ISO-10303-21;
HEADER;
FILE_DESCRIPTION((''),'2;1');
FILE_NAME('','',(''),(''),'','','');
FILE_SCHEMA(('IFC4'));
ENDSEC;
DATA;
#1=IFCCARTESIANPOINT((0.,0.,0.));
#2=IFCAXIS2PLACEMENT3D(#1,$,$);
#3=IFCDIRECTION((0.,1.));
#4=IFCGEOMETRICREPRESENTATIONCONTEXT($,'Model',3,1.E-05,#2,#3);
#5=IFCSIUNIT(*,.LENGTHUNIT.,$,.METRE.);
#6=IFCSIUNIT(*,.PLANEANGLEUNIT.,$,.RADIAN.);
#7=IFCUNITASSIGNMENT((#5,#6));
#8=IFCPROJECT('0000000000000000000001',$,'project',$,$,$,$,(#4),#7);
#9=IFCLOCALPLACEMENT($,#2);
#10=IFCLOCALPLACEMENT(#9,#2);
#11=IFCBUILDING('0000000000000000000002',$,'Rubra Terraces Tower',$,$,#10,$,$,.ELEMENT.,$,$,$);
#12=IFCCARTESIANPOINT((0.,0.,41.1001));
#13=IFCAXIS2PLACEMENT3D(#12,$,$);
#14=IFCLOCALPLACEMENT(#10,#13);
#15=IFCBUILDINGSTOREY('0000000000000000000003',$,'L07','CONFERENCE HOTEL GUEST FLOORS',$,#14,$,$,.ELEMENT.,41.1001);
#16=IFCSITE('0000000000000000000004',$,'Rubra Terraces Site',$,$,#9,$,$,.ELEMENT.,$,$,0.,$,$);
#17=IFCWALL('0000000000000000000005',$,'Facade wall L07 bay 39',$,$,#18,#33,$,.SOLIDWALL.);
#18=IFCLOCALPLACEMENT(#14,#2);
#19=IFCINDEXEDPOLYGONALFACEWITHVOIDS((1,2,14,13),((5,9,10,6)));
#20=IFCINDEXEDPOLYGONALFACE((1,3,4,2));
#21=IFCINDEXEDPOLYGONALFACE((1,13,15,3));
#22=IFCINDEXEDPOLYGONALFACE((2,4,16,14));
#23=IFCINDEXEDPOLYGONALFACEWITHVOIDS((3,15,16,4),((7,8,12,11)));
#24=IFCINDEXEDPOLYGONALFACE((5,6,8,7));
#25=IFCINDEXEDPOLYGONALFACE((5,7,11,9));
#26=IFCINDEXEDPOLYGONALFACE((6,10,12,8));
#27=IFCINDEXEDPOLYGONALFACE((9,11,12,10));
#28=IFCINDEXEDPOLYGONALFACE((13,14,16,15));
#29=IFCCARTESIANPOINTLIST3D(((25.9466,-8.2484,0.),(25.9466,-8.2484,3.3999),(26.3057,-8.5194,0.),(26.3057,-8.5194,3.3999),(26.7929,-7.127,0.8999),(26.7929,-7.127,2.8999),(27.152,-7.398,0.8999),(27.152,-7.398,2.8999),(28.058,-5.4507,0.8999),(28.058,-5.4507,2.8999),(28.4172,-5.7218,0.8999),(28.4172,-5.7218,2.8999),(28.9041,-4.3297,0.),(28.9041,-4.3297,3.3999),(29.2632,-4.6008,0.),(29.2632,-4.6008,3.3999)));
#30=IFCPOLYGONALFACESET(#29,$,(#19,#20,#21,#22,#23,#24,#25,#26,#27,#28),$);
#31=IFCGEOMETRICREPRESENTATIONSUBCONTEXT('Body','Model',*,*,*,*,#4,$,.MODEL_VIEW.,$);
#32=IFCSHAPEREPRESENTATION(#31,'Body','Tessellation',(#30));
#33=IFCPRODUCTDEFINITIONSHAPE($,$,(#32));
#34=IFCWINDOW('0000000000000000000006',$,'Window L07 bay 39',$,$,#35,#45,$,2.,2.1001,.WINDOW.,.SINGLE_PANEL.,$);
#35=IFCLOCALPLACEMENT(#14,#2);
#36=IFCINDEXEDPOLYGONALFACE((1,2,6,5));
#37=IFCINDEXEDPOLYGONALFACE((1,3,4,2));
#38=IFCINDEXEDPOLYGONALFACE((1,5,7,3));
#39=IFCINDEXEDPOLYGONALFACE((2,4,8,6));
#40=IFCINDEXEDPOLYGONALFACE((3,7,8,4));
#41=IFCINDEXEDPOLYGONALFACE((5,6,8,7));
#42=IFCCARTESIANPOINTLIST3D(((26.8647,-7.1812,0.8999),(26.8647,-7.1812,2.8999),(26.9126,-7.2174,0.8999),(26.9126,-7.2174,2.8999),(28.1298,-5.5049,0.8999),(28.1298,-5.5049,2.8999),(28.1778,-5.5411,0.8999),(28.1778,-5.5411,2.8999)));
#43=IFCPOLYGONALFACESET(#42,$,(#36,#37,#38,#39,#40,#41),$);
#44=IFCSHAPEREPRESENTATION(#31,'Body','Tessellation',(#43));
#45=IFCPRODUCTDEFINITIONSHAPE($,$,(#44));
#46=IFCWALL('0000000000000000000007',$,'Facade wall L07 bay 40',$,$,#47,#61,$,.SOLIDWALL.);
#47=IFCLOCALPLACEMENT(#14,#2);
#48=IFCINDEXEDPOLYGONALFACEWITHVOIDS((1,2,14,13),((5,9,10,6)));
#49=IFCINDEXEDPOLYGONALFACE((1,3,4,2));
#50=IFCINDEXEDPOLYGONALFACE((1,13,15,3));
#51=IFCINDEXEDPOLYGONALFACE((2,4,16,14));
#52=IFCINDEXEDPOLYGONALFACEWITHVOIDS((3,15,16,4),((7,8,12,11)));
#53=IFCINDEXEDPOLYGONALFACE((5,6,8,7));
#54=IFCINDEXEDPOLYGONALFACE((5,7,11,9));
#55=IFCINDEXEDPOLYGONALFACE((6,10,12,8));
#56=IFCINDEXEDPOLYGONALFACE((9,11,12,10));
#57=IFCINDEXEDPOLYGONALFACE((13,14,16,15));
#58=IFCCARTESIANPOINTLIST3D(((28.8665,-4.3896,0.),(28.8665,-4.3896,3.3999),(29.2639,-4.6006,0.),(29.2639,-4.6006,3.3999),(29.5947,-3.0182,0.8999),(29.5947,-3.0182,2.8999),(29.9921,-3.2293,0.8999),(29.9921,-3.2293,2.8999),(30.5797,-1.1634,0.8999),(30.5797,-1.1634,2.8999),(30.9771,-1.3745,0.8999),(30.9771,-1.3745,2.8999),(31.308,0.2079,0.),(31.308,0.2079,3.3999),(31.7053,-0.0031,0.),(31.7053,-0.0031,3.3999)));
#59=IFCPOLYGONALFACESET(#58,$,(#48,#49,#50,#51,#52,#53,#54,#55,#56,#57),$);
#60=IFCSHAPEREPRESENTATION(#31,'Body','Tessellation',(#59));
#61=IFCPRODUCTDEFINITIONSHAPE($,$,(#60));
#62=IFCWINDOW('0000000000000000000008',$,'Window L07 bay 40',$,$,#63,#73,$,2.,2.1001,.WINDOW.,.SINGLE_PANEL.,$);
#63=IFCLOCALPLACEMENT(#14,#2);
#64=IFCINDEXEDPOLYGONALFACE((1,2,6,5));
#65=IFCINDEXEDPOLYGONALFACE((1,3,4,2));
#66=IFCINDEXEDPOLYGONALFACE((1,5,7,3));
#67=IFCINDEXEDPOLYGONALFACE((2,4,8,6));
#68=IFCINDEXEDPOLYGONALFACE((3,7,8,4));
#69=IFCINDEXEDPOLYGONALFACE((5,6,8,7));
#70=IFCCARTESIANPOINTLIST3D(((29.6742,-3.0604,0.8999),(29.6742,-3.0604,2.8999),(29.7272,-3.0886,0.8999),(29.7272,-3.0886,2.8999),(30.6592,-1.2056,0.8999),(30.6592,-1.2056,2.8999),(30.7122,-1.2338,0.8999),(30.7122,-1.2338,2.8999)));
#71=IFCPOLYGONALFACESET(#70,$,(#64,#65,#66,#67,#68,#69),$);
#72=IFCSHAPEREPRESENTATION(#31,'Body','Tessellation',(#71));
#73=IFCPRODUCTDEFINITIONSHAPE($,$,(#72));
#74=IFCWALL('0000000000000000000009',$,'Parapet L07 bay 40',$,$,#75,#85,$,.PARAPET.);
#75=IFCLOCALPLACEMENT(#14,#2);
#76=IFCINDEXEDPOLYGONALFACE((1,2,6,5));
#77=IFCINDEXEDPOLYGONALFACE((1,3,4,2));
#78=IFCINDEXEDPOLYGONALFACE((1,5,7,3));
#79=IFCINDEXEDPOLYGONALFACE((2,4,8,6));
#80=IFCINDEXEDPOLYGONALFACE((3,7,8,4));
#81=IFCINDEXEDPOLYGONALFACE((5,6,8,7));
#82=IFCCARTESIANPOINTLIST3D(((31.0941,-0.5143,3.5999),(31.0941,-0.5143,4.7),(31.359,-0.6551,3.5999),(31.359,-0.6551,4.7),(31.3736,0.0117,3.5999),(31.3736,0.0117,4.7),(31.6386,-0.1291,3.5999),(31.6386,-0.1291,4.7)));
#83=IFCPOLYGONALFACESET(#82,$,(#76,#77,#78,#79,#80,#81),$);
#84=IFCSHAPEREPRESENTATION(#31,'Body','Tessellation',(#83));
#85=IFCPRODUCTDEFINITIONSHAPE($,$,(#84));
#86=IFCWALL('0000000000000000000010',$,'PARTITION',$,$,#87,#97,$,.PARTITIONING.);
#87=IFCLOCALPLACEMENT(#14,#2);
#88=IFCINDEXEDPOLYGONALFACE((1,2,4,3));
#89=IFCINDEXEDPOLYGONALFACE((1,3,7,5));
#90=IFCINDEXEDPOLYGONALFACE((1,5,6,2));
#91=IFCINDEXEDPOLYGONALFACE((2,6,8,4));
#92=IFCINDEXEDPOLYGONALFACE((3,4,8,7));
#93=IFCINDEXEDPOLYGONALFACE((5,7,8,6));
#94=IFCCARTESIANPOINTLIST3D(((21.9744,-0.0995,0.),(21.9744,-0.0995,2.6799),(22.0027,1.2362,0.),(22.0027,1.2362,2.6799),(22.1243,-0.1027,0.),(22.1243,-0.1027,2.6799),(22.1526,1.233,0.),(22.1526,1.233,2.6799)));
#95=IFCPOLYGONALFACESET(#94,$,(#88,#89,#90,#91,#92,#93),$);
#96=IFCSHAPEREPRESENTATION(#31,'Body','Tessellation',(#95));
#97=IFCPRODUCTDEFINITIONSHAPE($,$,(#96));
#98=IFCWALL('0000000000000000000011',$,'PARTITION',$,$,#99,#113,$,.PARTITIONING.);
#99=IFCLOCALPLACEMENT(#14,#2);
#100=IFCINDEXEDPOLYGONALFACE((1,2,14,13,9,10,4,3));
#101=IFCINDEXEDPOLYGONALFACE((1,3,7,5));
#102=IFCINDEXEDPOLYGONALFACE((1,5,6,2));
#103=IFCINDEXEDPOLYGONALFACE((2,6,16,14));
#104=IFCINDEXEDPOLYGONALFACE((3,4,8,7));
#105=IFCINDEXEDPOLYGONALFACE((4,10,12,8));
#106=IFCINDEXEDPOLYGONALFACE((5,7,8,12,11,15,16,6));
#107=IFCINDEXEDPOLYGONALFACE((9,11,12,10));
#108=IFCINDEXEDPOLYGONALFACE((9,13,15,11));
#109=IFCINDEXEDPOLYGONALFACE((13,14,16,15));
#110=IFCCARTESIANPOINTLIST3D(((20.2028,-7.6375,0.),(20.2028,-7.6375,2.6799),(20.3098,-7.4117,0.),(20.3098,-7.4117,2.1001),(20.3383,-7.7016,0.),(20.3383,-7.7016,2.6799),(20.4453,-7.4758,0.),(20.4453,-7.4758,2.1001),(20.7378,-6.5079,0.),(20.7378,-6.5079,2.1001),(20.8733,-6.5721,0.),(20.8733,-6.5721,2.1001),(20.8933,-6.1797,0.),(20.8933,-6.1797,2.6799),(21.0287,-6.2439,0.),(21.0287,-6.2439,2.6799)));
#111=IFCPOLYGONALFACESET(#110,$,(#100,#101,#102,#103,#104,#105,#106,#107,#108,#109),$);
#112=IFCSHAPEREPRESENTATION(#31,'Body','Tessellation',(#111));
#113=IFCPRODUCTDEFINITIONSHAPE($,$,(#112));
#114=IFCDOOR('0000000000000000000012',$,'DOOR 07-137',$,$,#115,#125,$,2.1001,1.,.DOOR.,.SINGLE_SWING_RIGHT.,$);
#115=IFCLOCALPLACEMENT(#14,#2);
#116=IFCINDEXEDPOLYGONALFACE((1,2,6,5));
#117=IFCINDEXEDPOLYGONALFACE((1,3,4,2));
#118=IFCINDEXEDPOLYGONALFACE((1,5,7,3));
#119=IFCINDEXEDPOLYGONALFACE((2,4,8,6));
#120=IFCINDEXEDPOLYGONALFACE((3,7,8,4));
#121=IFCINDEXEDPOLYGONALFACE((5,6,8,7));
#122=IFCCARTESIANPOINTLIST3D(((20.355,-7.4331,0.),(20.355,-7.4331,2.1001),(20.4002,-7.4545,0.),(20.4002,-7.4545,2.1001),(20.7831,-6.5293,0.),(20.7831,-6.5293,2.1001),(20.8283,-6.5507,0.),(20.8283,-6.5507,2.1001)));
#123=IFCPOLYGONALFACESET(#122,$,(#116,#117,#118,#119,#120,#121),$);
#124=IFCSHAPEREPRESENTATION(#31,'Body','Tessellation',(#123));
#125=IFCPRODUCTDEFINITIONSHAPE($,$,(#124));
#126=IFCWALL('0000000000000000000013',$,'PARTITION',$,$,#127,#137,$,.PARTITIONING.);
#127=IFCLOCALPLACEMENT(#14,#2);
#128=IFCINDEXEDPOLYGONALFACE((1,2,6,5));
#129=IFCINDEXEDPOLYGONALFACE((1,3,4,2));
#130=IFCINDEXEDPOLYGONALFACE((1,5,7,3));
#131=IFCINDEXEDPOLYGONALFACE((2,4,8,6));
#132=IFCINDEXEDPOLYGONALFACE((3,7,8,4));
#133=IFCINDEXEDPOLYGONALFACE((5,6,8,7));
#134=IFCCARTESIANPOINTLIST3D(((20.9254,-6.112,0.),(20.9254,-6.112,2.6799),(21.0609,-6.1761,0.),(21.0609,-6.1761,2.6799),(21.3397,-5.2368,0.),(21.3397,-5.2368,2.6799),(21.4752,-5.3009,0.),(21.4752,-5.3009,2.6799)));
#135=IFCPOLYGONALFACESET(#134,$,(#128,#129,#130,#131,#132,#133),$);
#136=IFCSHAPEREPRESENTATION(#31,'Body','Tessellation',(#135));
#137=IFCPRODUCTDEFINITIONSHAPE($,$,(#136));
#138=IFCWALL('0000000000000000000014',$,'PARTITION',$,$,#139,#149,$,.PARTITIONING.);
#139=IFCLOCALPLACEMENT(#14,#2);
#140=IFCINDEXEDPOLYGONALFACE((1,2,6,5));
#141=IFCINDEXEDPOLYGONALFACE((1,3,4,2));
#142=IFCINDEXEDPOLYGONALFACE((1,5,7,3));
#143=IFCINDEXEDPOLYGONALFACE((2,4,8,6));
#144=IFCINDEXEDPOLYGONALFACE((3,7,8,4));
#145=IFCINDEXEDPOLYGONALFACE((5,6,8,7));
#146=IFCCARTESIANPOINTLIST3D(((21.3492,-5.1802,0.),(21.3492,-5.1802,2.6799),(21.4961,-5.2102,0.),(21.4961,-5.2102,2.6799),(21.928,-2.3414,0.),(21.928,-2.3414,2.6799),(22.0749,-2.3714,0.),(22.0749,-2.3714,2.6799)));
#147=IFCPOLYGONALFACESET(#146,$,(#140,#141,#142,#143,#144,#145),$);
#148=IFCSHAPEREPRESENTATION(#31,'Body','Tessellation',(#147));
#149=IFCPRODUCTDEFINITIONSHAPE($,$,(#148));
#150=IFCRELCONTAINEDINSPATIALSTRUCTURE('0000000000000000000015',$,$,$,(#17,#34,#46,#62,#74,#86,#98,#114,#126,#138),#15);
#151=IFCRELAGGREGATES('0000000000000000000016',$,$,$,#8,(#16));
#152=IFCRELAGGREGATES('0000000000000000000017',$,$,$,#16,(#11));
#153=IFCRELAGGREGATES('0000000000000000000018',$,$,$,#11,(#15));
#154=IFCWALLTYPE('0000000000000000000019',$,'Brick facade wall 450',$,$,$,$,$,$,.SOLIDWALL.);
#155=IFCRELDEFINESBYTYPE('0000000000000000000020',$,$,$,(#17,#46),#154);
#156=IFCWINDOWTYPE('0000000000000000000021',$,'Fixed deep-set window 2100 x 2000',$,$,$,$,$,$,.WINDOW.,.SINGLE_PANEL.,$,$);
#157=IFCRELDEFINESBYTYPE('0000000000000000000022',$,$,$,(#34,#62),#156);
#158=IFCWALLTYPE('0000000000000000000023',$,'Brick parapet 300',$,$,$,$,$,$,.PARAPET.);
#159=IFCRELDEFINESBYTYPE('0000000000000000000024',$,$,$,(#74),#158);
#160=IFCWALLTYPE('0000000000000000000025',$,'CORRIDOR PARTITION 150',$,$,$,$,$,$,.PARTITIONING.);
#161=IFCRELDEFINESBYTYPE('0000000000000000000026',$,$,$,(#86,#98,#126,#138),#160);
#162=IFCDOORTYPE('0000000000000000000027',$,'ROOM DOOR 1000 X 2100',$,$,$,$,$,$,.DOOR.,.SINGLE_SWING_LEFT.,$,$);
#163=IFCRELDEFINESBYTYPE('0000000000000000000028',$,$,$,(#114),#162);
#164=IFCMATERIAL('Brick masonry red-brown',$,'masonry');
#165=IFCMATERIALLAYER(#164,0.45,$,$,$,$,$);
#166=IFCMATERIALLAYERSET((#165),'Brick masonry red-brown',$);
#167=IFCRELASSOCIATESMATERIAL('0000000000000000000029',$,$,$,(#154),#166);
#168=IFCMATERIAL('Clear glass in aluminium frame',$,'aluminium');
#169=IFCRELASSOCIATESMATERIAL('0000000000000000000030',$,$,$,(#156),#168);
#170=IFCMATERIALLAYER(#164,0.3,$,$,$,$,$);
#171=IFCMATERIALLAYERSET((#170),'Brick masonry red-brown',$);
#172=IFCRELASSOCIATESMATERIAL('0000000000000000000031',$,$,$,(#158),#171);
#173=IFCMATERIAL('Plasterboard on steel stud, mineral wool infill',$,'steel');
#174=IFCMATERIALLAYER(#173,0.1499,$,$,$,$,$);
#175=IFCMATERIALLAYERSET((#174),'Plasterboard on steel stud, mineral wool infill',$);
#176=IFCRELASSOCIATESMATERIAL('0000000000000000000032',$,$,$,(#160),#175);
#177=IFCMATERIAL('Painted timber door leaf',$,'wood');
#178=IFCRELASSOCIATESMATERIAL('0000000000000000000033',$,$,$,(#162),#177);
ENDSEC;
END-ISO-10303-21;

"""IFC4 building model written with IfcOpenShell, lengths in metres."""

from ifc_helpers import new_model, si_unit, direction, frame, frame_2d, origin, place, context, subcontext, project, spatial, rectangle, extrude, material, layer, layer_set, type_object, element, fill, save


model = new_model("IFC4")

# Units and contexts
model_context = context("Model", 3, precision=1e-05, world=origin(), true_north=direction((0.0, 1.0)))
body_context = subcontext(model_context, "Body", "Model", "MODEL_VIEW")
ifc_project = project(units=[si_unit("LENGTHUNIT", "METRE"), si_unit("PLANEANGLEUNIT", "RADIAN")], contexts=[model_context])

# Site, building, storey
site_placement = place(None, origin())
site = spatial("IfcSite", under=ifc_project, at=site_placement, Name="Rubra Terraces Site", CompositionType="ELEMENT", RefElevation=0.0)
building_placement = place(site_placement, origin())
building = spatial("IfcBuilding", under=site, at=building_placement, Name="Rubra Terraces Tower", CompositionType="ELEMENT")
storey_placement = place(building_placement, frame((0.0, 0.0, 41.1001)))
storey = spatial("IfcBuildingStorey", under=building, at=storey_placement, Name="L07", Description="CONFERENCE HOTEL GUEST FLOORS", CompositionType="ELEMENT", Elevation=41.1001)

# Walls, openings, windows
ifc_material_1 = material(Name="Brick masonry red-brown", Category="masonry")
ifc_layer_1 = layer(ifc_material_1, 0.45)
ifc_layer_set_1 = layer_set([ifc_layer_1], Name="Brick masonry red-brown")
wall_type_1 = type_object("IfcWallType", Name="Brick facade wall 450", PredefinedType="SOLIDWALL", material=ifc_layer_set_1)
ifc_material_2 = material(Name="Clear glass in aluminium frame", Category="aluminium")
window_type = type_object("IfcWindowType", Name="Fixed deep-set window 2100 x 2000", PartitioningType="SINGLE_PANEL", PredefinedType="WINDOW", material=ifc_material_2)
wall_1_placement = place(storey_placement, frame((26.1262, -8.3838, 0.0), z_axis=(0.0, 0.0, 1.0), x_axis=(0.602408, 0.798188, 0.0)))
wall_1 = element("IfcWall", 1, at=wall_1_placement, inside=storey, type_object=wall_type_1, Name="Facade wall L07 bay 39", PredefinedType="SOLIDWALL", context=body_context, shape_type="SweptSolid", body=[
    extrude(rectangle(XDim=4.9094, YDim=0.45, at=frame_2d((2.4546, 0.0))), origin(), (0.0, 0.0, 1.0), 3.3999),
])
opening_1_placement = place(wall_1_placement, frame((1.4048, 0.0, 0.8999)))
opening_1 = element("IfcOpeningElement", 2, at=opening_1_placement, cuts=wall_1, PredefinedType="OPENING", context=body_context, shape_type="SweptSolid", body=[
    extrude(rectangle(XDim=2.1001, YDim=2.0, at=frame_2d((1.05, 1.0))), frame((0.0, 0.2349, 0.0), z_axis=(0.0, -1.0, 0.0), x_axis=(1.0, 0.0, 0.0)), (0.0, 0.0, 1.0), 0.47),
])
window_1_placement = place(opening_1_placement, origin())
window_1 = element("IfcWindow", 3, at=window_1_placement, inside=storey, type_object=window_type, Name="Window L07 bay 39", OverallHeight=2.0, OverallWidth=2.1001, PartitioningType="SINGLE_PANEL", PredefinedType="WINDOW", context=body_context, shape_type="SweptSolid", body=[
    extrude(rectangle(XDim=2.1001, YDim=2.0, at=frame_2d((1.05, 1.0))), frame((0.0, 0.135, 0.0), z_axis=(0.0, -1.0, 0.0), x_axis=(1.0, 0.0, 0.0)), (0.0, 0.0, 1.0), 0.0601),
])
fill(opening_1, window_1)
wall_2_placement = place(storey_placement, frame((29.0652, -4.4951, 0.0), z_axis=(0.0, 0.0, 1.0), x_axis=(0.46901, 0.883193, 0.0)))
wall_2 = element("IfcWall", 4, at=wall_2_placement, inside=storey, type_object=wall_type_1, Name="Facade wall L07 bay 40", PredefinedType="SOLIDWALL", context=body_context, shape_type="SweptSolid", body=[
    extrude(rectangle(XDim=5.2056, YDim=0.45, at=frame_2d((2.6028, 0.0))), origin(), (0.0, 0.0, 1.0), 3.3999),
])
opening_2_placement = place(wall_2_placement, frame((1.5527, 0.0, 0.8999)))
opening_2 = element("IfcOpeningElement", 5, at=opening_2_placement, cuts=wall_2, PredefinedType="OPENING", context=body_context, shape_type="SweptSolid", body=[
    extrude(rectangle(XDim=2.1001, YDim=2.0, at=frame_2d((1.05, 1.0))), frame((0.0, 0.2349, 0.0), z_axis=(0.0, -1.0, 0.0), x_axis=(1.0, 0.0, 0.0)), (0.0, 0.0, 1.0), 0.47),
])
window_2_placement = place(opening_2_placement, origin())
window_2 = element("IfcWindow", 6, at=window_2_placement, inside=storey, type_object=window_type, Name="Window L07 bay 40", OverallHeight=2.0, OverallWidth=2.1001, PartitioningType="SINGLE_PANEL", PredefinedType="WINDOW", context=body_context, shape_type="SweptSolid", body=[
    extrude(rectangle(XDim=2.1001, YDim=2.0, at=frame_2d((1.05, 1.0))), frame((0.0, 0.135, 0.0), z_axis=(0.0, -1.0, 0.0), x_axis=(1.0, 0.0, 0.0)), (0.0, 0.0, 1.0), 0.0601),
])
fill(opening_2, window_2)

# Walls
ifc_layer_2 = layer(ifc_material_1, 0.3)
ifc_layer_set_2 = layer_set([ifc_layer_2], Name="Brick masonry red-brown")
wall_type_2 = type_object("IfcWallType", Name="Brick parapet 300", PredefinedType="PARAPET", material=ifc_layer_set_2)
wall_3_placement = place(storey_placement, frame((31.2266, -0.5847, 3.5999), z_axis=(0.0, 0.0, 1.0), x_axis=(0.469205, 0.883089, 0.0)))
element("IfcWall", 7, at=wall_3_placement, inside=storey, type_object=wall_type_2, Name="Parapet L07 bay 40", PredefinedType="PARAPET", context=body_context, shape_type="SweptSolid", body=[
    extrude(rectangle(XDim=0.5957, YDim=0.3, at=frame_2d((0.2979, 0.0))), origin(), (0.0, 0.0, 1.0), 1.1001),
])
ifc_material_3 = material(Name="Plasterboard on steel stud, mineral wool infill", Category="steel")
ifc_layer_3 = layer(ifc_material_3, 0.1499)
ifc_layer_set_3 = layer_set([ifc_layer_3], Name="Plasterboard on steel stud, mineral wool infill")
wall_type_3 = type_object("IfcWallType", Name="CORRIDOR PARTITION 150", PredefinedType="PARTITIONING", material=ifc_layer_set_3)
wall_4_placement = place(storey_placement, frame((22.0493, -0.1011, 0.0), z_axis=(0.0, 0.0, 1.0), x_axis=(0.021198, 0.999775, 0.0)))
element("IfcWall", 8, at=wall_4_placement, inside=storey, type_object=wall_type_3, Name="PARTITION", PredefinedType="PARTITIONING", context=body_context, shape_type="SweptSolid", body=[
    extrude(rectangle(XDim=1.3359, YDim=0.1499, at=frame_2d((0.668, 0.0))), origin(), (0.0, 0.0, 1.0), 2.6799),
])

# Wall, opening, door
wall_5_placement = place(storey_placement, frame((20.2705, -7.6697, 0.0), z_axis=(0.0, 0.0, 1.0), x_axis=(0.428041, 0.903759, 0.0)))
wall_5 = element("IfcWall", 9, at=wall_5_placement, inside=storey, type_object=wall_type_3, Name="PARTITION", PredefinedType="PARTITIONING", context=body_context, shape_type="SweptSolid", body=[
    extrude(rectangle(XDim=1.613, YDim=0.1499, at=frame_2d((0.8066, 0.0))), origin(), (0.0, 0.0, 1.0), 2.6799),
])
opening_3_placement = place(wall_5_placement, frame((0.25, 0.0, 0.0)))
opening_3 = element("IfcOpeningElement", 10, at=opening_3_placement, cuts=wall_5, PredefinedType="OPENING", context=body_context, shape_type="SweptSolid", body=[
    extrude(rectangle(XDim=1.0, YDim=2.1001, at=frame_2d((0.5, 1.05))), frame((0.0, 0.085, 0.0), z_axis=(0.0, -1.0, 0.0), x_axis=(1.0, 0.0, 0.0)), (0.0, 0.0, 1.0), 0.1699),
])
ifc_material_4 = material(Name="Painted timber door leaf", Category="wood")
door_type_1 = type_object("IfcDoorType", Name="ROOM DOOR 1000 X 2100", OperationType="SINGLE_SWING_LEFT", PredefinedType="DOOR", material=ifc_material_4)
door_1_placement = place(opening_3_placement, origin())
door_1 = element("IfcDoor", 11, at=door_1_placement, inside=storey, type_object=door_type_1, Name="DOOR 07-137", OperationType="SINGLE_SWING_RIGHT", OverallHeight=2.1001, OverallWidth=1.0, PredefinedType="DOOR", context=body_context, shape_type="SweptSolid", body=[
    extrude(rectangle(XDim=1.0, YDim=2.1001, at=frame_2d((0.5, 1.05))), frame((0.0, 0.0249, 0.0), z_axis=(0.0, -1.0, 0.0), x_axis=(1.0, 0.0, 0.0)), (0.0, 0.0, 1.0), 0.05),
])
fill(opening_3, door_1)

# Walls
wall_6_placement = place(storey_placement, frame((20.9932, -6.144, 0.0), z_axis=(0.0, 0.0, 1.0), x_axis=(0.427848, 0.903851, 0.0)))
element("IfcWall", 12, at=wall_6_placement, inside=storey, type_object=wall_type_3, Name="PARTITION", PredefinedType="PARTITIONING", context=body_context, shape_type="SweptSolid", body=[
    extrude(rectangle(XDim=0.9683, YDim=0.1499, at=frame_2d((0.4841, 0.0))), origin(), (0.0, 0.0, 1.0), 2.6799),
])
wall_7_placement = place(storey_placement, frame((21.4226, -5.1953, 0.0), z_axis=(0.0, 0.0, 1.0), x_axis=(0.199793, 0.979838, 0.0)))
element("IfcWall", 13, at=wall_7_placement, inside=storey, type_object=wall_type_3, Name="PARTITION", PredefinedType="PARTITIONING", context=body_context, shape_type="SweptSolid", body=[
    extrude(rectangle(XDim=2.8972, YDim=0.1499, at=frame_2d((1.4487, 0.0))), origin(), (0.0, 0.0, 1.0), 2.6799),
])

save(model, "model.ifc")
